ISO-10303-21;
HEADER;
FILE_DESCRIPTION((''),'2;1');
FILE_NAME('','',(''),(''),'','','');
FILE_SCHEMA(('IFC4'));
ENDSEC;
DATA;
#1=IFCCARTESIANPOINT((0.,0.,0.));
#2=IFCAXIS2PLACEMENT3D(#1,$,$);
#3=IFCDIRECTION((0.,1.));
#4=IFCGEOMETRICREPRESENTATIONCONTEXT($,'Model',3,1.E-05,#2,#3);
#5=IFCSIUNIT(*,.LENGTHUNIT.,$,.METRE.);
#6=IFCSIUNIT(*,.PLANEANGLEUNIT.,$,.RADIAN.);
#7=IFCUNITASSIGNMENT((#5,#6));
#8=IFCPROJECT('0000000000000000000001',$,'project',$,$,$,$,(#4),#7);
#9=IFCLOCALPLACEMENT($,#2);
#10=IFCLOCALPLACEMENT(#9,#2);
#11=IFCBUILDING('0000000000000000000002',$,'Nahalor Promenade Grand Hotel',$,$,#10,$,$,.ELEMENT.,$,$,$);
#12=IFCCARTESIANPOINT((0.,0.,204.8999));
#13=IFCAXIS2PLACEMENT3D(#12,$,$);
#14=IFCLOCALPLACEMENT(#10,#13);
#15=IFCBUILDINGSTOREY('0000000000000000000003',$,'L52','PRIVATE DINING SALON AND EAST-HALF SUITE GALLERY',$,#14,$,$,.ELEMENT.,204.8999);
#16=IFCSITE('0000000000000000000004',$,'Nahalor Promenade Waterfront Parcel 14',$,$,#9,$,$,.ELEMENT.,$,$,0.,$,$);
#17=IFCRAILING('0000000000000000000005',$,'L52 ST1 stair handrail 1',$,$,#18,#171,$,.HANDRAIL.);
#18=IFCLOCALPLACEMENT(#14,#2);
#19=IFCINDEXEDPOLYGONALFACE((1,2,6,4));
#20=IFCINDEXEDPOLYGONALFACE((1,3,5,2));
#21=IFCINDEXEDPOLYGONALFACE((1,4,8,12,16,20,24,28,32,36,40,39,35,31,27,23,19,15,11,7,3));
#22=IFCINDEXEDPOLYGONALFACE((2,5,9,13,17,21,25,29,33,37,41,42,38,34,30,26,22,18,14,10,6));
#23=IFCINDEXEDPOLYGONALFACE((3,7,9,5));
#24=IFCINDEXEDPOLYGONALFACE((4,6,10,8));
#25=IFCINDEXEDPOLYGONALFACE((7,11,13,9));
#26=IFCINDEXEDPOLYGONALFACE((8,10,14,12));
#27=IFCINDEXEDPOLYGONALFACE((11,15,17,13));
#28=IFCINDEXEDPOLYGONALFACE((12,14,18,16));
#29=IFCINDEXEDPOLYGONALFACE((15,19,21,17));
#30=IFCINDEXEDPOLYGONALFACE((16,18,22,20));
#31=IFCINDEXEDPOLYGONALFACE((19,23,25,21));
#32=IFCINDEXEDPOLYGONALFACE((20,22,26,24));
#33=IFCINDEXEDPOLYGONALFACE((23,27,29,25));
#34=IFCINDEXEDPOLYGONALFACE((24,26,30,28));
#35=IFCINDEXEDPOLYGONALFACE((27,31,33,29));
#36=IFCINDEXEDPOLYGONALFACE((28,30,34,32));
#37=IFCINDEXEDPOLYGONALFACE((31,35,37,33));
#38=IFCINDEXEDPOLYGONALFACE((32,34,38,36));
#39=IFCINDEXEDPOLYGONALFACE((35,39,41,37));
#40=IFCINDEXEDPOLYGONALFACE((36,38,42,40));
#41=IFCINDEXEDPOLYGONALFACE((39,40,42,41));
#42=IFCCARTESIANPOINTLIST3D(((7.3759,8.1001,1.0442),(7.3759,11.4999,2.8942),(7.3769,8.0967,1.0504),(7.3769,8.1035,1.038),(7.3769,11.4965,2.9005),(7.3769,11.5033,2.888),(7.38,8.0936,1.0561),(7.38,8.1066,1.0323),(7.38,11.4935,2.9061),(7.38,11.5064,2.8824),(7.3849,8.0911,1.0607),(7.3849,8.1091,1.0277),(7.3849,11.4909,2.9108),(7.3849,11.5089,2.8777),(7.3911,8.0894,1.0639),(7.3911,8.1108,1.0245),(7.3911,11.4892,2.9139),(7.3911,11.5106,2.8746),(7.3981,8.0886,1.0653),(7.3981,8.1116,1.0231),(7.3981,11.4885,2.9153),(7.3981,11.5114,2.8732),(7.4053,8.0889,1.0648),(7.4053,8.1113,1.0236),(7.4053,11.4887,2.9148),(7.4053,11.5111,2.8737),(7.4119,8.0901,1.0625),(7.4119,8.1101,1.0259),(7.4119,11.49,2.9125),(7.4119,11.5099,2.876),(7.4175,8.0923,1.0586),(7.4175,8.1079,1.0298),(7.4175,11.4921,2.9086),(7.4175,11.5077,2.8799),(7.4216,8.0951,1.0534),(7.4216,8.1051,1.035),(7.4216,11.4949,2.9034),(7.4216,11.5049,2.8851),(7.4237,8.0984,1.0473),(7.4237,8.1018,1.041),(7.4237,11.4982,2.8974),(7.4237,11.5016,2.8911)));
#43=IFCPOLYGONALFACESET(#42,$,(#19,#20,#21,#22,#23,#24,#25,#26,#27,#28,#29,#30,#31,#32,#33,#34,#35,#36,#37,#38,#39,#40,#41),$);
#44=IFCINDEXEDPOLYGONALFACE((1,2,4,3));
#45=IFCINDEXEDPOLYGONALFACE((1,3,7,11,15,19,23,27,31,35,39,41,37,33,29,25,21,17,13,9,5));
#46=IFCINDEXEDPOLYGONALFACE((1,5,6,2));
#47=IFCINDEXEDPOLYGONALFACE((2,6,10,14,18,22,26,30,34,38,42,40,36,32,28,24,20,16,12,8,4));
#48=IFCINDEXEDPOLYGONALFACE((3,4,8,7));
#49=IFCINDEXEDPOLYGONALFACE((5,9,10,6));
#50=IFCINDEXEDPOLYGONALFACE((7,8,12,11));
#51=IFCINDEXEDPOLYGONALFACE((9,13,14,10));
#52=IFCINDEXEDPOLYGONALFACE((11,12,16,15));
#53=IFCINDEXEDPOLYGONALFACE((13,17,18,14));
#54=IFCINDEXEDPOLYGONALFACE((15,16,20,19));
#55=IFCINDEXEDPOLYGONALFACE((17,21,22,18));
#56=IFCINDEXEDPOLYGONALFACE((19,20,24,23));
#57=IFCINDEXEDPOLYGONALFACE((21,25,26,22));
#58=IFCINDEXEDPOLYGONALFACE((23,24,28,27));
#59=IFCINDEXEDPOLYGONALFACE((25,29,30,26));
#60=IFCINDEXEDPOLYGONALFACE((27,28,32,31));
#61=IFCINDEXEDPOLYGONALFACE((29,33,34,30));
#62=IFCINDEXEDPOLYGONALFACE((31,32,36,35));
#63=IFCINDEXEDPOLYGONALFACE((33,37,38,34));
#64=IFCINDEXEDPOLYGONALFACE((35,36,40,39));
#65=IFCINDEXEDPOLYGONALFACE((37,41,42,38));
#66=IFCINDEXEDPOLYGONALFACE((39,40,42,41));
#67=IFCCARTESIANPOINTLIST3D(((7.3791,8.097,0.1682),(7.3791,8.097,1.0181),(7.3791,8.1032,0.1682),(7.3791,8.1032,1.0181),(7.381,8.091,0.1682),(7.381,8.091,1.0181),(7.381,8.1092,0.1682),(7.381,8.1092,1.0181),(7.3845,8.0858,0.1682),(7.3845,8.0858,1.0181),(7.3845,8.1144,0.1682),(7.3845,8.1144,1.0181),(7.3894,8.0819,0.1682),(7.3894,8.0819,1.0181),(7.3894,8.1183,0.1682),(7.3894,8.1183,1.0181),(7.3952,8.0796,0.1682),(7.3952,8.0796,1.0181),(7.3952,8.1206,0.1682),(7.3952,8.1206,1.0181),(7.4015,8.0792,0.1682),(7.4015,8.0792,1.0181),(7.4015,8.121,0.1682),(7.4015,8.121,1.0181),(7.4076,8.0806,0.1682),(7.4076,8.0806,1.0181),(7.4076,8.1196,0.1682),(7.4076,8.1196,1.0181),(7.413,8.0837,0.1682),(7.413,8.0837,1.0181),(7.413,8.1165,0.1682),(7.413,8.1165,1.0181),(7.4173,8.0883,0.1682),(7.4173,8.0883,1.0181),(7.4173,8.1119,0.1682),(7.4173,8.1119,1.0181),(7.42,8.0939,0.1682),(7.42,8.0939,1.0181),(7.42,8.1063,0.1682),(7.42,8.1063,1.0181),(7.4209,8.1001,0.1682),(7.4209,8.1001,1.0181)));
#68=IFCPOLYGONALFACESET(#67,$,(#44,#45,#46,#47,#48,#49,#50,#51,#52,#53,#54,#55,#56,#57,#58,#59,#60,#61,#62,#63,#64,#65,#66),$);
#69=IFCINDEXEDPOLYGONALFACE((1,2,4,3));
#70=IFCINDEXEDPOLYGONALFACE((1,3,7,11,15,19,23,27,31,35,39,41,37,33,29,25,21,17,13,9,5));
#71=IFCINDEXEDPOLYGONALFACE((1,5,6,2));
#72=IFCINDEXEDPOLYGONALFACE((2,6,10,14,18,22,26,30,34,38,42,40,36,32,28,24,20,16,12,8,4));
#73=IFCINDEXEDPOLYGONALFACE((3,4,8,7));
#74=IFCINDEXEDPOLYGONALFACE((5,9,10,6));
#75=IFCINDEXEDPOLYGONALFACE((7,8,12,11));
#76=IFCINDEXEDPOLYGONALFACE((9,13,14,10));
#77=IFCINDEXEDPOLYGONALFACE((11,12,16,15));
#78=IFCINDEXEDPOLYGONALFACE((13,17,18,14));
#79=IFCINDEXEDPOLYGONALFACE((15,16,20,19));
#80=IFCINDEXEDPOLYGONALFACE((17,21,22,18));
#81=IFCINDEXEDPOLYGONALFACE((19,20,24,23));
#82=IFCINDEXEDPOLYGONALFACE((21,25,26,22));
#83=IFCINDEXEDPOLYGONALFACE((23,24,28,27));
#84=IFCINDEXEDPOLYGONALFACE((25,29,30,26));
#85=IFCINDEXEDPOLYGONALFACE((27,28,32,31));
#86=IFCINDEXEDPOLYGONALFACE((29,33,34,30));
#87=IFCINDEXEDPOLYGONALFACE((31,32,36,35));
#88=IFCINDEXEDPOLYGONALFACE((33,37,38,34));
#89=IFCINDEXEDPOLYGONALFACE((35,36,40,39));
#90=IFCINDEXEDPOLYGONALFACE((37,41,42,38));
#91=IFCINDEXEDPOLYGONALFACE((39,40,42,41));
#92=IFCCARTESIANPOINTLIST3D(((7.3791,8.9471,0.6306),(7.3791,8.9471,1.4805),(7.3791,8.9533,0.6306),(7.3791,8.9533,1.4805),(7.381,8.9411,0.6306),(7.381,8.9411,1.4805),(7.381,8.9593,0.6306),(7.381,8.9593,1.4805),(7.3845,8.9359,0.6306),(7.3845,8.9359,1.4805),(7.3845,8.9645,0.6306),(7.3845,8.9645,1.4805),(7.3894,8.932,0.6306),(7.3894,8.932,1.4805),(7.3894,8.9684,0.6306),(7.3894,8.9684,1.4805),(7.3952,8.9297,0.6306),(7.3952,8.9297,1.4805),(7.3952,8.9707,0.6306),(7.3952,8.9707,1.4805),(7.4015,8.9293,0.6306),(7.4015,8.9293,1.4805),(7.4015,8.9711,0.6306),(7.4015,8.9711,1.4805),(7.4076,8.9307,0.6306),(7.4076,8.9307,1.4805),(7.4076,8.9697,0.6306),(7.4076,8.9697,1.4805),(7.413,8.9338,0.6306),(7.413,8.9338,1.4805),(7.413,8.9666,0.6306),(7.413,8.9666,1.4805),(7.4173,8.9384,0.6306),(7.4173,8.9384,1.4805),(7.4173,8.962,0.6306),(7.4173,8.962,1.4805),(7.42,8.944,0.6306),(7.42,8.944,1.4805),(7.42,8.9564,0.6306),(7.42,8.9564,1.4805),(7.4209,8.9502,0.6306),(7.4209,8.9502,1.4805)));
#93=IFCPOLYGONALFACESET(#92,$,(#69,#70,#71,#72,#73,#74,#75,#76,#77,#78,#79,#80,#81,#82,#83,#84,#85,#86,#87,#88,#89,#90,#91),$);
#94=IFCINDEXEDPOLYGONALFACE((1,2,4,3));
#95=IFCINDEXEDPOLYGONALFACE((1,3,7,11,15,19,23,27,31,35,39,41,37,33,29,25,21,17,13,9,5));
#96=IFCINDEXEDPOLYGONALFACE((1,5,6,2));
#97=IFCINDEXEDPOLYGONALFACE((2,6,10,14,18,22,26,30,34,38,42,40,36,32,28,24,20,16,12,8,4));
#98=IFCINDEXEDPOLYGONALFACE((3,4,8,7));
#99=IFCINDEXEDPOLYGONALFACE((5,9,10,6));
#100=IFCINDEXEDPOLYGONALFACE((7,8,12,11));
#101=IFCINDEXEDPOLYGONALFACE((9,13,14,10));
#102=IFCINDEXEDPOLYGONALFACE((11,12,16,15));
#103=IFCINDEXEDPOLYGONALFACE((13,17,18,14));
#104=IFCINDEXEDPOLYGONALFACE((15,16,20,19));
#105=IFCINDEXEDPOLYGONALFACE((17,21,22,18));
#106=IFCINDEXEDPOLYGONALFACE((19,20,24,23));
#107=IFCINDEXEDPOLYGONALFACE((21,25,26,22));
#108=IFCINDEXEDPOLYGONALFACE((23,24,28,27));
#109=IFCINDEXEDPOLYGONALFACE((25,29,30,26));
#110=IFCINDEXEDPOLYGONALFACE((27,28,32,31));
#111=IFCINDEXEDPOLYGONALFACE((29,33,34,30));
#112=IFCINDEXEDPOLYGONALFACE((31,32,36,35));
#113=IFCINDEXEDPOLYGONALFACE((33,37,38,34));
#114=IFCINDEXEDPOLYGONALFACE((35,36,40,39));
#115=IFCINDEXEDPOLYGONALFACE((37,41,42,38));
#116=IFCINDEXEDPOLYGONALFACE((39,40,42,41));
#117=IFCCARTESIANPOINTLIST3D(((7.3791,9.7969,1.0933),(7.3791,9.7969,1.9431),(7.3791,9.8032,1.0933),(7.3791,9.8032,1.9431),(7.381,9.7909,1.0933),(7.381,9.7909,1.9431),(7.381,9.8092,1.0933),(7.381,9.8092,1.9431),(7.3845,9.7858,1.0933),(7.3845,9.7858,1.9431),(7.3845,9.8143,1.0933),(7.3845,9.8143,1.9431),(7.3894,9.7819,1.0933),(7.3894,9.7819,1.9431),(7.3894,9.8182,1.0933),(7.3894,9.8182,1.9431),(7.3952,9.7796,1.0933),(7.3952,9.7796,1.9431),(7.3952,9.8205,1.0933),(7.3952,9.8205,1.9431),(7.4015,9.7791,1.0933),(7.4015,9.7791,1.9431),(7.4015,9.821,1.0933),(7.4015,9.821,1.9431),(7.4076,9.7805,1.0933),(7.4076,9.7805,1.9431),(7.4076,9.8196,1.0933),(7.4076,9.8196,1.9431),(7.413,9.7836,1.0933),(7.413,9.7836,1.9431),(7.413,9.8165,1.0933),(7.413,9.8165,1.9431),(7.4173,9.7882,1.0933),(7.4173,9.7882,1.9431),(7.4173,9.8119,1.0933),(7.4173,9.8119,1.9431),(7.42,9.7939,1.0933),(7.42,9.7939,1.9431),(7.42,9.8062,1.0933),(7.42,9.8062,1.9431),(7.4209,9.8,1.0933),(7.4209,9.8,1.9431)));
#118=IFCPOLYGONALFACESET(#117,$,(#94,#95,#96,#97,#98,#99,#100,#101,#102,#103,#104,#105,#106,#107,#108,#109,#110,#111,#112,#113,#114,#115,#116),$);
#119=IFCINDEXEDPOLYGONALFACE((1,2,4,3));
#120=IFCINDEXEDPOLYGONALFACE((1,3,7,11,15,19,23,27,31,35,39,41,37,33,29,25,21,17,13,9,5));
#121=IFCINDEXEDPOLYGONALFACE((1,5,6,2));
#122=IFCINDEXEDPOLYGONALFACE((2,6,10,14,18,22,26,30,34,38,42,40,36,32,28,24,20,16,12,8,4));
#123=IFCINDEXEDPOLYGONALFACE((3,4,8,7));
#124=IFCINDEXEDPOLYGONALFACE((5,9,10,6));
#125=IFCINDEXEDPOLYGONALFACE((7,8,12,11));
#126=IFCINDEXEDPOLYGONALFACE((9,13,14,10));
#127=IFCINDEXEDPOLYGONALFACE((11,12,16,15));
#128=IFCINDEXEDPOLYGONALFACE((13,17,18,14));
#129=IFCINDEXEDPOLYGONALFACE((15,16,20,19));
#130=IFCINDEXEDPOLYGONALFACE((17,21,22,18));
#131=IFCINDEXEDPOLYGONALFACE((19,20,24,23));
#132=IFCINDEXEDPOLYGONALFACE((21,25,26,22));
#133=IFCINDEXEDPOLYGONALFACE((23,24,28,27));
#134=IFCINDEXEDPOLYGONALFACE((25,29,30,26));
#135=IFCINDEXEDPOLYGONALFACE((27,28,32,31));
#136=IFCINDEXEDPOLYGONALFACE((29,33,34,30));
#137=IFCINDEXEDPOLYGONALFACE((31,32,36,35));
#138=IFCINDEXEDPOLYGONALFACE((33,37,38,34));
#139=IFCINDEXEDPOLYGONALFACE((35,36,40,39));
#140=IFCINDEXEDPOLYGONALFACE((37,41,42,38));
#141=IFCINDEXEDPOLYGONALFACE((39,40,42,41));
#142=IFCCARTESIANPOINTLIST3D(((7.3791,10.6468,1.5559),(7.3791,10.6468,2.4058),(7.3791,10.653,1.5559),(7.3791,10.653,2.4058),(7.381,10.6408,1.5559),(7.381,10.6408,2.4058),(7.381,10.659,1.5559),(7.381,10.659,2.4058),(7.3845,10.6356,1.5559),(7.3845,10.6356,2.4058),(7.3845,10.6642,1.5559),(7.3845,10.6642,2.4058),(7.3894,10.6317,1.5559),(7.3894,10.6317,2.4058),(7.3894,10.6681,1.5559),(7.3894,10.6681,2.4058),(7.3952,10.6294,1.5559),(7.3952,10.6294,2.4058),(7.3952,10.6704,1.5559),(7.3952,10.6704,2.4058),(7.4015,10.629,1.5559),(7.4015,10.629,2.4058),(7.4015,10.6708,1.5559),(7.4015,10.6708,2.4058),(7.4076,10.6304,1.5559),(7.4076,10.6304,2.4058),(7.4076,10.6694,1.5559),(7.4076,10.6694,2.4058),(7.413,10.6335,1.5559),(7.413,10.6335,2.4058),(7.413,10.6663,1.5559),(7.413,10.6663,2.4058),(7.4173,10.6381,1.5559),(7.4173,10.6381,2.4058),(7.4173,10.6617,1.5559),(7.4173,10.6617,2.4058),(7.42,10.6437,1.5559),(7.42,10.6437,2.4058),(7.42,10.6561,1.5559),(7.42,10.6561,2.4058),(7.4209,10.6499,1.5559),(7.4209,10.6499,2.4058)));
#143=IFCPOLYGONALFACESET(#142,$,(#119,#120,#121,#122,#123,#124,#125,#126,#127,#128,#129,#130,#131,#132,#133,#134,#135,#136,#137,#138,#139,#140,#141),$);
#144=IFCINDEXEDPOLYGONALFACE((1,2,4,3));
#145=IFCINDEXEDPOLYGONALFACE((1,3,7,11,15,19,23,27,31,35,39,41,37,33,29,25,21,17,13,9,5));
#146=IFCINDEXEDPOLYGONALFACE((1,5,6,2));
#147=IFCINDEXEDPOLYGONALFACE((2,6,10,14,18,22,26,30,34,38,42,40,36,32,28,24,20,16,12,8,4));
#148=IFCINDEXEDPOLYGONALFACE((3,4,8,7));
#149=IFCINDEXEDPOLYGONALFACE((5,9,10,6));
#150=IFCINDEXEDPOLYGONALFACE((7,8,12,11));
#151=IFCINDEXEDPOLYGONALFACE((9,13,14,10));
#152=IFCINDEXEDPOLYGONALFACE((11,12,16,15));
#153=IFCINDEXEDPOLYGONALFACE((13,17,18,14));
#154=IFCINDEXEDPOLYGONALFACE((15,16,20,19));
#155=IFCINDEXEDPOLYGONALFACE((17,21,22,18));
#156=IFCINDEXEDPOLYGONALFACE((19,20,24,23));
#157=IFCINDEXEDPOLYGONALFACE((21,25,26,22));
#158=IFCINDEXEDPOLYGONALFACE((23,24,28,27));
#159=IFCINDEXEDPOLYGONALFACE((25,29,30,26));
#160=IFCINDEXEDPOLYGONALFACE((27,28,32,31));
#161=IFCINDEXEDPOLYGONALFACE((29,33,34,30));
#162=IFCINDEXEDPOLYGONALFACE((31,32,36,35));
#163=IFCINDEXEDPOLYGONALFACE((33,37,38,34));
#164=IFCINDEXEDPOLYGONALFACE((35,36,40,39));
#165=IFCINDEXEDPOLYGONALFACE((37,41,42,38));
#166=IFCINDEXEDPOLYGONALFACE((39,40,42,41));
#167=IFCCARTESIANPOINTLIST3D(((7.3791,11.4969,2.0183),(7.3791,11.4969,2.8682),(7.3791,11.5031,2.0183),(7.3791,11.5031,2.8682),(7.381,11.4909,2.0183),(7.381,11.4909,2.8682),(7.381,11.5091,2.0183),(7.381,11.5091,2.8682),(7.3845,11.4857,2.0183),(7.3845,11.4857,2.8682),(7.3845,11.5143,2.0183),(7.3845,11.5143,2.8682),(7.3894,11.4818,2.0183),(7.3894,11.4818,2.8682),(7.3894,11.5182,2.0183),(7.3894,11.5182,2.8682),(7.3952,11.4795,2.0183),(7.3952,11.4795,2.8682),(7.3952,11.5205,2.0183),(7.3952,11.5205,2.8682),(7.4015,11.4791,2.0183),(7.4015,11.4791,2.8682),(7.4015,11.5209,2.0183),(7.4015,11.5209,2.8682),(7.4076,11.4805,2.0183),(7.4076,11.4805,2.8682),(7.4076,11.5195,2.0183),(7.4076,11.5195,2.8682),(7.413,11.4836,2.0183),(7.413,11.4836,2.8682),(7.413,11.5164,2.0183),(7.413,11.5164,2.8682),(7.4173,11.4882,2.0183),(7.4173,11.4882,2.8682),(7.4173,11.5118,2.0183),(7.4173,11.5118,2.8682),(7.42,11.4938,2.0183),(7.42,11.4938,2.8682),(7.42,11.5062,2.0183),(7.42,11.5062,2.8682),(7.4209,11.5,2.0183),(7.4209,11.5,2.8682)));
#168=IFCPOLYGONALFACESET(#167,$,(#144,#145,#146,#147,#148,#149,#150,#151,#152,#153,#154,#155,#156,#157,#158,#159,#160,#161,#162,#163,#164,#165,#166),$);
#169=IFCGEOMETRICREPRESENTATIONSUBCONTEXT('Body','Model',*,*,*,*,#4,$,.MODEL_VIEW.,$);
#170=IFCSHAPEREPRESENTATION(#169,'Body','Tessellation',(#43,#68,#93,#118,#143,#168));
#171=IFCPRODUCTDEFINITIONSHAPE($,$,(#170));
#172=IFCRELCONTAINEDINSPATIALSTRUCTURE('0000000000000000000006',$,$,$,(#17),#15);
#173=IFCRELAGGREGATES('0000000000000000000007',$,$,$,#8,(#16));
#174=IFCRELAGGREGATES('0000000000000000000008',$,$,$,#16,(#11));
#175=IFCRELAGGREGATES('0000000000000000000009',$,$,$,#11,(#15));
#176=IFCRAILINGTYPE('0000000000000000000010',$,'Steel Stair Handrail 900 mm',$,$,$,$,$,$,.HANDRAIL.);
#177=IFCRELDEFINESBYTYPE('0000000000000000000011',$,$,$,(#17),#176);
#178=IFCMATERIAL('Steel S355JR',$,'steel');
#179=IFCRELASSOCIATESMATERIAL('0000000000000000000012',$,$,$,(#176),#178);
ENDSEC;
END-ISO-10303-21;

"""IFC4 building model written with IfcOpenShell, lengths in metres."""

from ifc_helpers import new_model, si_unit, direction, frame, origin, origin_2d, place, context, subcontext, project, spatial, circle, extrude, material, type_object, element, save


model = new_model("IFC4")

# Units and contexts
model_context = context("Model", 3, precision=1e-05, world=origin(), true_north=direction((0.0, 1.0)))
body_context = subcontext(model_context, "Body", "Model", "MODEL_VIEW")
ifc_project = project(units=[si_unit("LENGTHUNIT", "METRE"), si_unit("PLANEANGLEUNIT", "RADIAN")], contexts=[model_context])

# Site, building, storey
site_placement = place(None, origin())
site = spatial("IfcSite", under=ifc_project, at=site_placement, Name="Nahalor Promenade Waterfront Parcel 14", CompositionType="ELEMENT", RefElevation=0.0)
building_placement = place(site_placement, origin())
building = spatial("IfcBuilding", under=site, at=building_placement, Name="Nahalor Promenade Grand Hotel", CompositionType="ELEMENT")
storey_placement = place(building_placement, frame((0.0, 0.0, 204.8999)))
storey = spatial("IfcBuildingStorey", under=building, at=storey_placement, Name="L52", Description="PRIVATE DINING SALON AND EAST-HALF SUITE GALLERY", CompositionType="ELEMENT", Elevation=204.8999)

# Shared definitions
ifc_material_1 = material(Name="Steel S355JR", Category="steel")

# Railing
railing_type_1 = type_object("IfcRailingType", Name="Steel Stair Handrail 900 mm", PredefinedType="HANDRAIL", material=ifc_material_1)
railing_1_placement = place(storey_placement, frame((7.3999, 8.1001, 0.1682)))
element("IfcRailing", 1, at=railing_1_placement, inside=storey, type_object=railing_type_1, Name="L52 ST1 stair handrail 1", PredefinedType="HANDRAIL", context=body_context, shape_type="SweptSolid", body=[
    extrude(circle(Radius=0.024, at=origin_2d()), frame((0.0, 0.0, 0.876), z_axis=(0.0, 0.878372, 0.477977), x_axis=(-1.0, 0.0, 0.0)), (0.0, 0.0, 1.0), 3.8706),
    extrude(circle(Radius=0.021, at=origin_2d()), origin(), (0.0, 0.0, 1.0), 0.8499),
    extrude(circle(Radius=0.021, at=origin_2d()), frame((0.0, 0.8501, 0.4624)), (0.0, 0.0, 1.0), 0.8499),
    extrude(circle(Radius=0.021, at=origin_2d()), frame((0.0, 1.7, 0.925)), (0.0, 0.0, 1.0), 0.8499),
    extrude(circle(Radius=0.021, at=origin_2d()), frame((0.0, 2.5498, 1.3877)), (0.0, 0.0, 1.0), 0.8499),
    extrude(circle(Radius=0.021, at=origin_2d()), frame((0.0, 3.3999, 1.8501)), (0.0, 0.0, 1.0), 0.8499),
])

save(model, "model.ifc")
